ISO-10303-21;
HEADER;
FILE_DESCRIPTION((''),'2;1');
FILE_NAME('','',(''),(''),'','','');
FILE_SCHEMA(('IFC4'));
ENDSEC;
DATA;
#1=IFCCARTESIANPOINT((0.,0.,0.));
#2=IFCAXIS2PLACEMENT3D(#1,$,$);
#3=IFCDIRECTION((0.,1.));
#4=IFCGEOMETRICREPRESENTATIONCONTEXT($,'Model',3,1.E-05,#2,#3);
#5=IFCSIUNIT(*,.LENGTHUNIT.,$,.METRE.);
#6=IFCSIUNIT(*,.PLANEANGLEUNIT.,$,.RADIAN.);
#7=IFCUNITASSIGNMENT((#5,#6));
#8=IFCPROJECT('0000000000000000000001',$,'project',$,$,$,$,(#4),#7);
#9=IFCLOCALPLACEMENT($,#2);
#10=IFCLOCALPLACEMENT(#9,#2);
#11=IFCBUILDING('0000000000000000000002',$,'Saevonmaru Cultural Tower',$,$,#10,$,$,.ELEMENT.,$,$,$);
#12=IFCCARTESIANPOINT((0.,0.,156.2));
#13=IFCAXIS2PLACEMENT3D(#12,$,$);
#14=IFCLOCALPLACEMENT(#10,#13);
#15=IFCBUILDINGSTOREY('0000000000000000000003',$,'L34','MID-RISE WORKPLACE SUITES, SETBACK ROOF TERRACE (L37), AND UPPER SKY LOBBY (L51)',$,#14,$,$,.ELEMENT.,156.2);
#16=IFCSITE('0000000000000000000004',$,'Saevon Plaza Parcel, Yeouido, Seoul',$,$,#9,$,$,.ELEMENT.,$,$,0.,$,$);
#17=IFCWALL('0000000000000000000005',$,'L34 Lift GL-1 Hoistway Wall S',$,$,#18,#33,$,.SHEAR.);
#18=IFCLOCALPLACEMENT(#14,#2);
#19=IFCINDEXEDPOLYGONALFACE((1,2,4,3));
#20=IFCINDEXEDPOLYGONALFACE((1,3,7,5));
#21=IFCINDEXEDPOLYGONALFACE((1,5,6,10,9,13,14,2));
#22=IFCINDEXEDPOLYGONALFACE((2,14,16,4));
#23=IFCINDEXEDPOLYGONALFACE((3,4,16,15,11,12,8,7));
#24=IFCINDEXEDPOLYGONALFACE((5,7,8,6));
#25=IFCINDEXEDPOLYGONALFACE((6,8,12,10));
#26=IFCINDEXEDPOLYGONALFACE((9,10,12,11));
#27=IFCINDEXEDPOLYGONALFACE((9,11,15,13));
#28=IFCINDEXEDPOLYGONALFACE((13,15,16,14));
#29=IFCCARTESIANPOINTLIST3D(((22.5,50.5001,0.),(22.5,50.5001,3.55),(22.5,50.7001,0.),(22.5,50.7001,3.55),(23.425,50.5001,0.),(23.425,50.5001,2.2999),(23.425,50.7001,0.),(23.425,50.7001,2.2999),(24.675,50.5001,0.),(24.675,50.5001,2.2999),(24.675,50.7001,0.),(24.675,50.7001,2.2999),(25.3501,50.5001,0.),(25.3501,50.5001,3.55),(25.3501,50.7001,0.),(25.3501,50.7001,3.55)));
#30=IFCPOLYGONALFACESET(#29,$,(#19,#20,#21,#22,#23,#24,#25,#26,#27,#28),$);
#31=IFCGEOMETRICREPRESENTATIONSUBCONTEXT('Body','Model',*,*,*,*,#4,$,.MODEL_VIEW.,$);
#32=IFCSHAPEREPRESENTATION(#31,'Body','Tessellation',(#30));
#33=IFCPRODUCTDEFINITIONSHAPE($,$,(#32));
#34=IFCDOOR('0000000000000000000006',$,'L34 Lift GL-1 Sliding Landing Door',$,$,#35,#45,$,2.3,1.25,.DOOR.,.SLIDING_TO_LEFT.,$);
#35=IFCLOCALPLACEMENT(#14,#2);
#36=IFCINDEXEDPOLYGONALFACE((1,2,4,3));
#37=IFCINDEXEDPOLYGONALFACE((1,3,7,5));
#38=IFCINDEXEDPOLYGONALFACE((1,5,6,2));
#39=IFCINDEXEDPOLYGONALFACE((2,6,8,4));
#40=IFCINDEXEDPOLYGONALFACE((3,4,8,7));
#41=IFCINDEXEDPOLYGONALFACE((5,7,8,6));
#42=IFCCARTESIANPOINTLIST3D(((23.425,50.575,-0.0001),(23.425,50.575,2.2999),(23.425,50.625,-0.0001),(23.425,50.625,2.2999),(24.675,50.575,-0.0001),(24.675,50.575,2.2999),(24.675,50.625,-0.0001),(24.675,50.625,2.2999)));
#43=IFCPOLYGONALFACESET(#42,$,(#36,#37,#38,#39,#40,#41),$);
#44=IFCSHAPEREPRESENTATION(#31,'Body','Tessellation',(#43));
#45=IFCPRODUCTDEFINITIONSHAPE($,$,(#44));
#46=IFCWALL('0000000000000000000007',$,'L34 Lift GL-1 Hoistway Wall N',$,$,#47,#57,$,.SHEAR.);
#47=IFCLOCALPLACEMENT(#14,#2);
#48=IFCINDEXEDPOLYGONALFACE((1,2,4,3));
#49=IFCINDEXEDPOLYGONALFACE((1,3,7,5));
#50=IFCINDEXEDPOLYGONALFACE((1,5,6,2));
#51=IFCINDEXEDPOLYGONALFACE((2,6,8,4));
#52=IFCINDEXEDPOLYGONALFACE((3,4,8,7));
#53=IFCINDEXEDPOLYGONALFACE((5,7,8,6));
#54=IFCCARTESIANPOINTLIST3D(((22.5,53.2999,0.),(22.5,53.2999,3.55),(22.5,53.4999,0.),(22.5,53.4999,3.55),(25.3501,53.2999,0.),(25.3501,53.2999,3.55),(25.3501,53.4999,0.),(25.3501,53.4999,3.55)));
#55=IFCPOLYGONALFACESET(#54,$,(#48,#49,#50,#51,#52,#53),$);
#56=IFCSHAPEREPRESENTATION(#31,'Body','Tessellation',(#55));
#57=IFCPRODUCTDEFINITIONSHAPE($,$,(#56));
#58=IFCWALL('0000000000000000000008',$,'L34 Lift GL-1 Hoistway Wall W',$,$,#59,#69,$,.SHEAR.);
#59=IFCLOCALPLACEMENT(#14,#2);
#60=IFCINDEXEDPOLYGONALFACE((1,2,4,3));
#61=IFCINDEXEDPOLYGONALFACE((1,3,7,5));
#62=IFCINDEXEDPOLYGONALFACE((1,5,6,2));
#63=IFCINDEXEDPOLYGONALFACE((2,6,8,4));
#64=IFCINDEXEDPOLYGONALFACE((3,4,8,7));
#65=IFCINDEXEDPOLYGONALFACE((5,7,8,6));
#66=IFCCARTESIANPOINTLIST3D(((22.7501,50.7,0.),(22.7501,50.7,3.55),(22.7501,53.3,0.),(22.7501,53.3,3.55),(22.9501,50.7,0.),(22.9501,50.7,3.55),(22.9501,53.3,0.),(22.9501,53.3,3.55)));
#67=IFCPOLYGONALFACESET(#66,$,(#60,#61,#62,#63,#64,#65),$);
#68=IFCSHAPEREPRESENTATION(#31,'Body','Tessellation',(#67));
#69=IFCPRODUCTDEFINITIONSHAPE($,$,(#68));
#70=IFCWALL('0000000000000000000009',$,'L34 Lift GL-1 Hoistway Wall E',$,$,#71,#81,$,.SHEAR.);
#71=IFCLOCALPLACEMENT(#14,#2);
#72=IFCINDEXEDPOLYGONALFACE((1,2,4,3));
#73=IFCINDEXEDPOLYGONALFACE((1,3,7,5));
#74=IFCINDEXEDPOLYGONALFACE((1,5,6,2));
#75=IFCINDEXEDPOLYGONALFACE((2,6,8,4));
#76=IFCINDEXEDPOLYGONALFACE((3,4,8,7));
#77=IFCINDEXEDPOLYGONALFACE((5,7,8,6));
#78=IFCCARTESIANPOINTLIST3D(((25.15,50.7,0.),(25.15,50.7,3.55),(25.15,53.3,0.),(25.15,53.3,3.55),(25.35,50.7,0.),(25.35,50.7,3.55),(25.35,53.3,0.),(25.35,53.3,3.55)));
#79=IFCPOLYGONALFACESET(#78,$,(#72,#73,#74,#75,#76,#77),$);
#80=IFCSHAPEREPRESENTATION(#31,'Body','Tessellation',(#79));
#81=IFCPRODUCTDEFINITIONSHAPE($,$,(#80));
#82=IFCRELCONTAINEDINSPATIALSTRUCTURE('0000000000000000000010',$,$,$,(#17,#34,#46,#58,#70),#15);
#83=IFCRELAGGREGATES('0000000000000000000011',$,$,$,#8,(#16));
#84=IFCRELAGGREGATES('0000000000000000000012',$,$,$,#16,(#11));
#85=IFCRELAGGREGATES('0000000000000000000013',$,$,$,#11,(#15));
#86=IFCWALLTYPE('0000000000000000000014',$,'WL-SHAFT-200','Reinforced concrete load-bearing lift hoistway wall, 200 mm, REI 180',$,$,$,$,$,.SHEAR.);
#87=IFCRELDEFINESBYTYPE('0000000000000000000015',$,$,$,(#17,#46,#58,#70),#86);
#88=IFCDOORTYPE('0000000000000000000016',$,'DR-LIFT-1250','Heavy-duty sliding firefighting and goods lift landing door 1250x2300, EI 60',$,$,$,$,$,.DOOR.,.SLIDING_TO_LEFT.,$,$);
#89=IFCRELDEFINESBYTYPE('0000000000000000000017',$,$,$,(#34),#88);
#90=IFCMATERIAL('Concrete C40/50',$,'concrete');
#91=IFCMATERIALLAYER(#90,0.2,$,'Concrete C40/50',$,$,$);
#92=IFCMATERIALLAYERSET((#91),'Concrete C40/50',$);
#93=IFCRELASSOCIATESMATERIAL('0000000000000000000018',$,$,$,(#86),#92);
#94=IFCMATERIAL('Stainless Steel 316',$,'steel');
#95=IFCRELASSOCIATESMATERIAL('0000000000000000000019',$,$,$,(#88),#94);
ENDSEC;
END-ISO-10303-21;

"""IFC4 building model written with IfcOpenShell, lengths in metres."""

from ifc_helpers import new_model, si_unit, direction, frame, frame_2d, origin, place, context, subcontext, project, spatial, rectangle, extrude, material, layer, layer_set, type_object, element, fill, save


model = new_model("IFC4")

# Units and contexts
model_context = context("Model", 3, precision=1e-05, world=origin(), true_north=direction((0.0, 1.0)))
body_context = subcontext(model_context, "Body", "Model", "MODEL_VIEW")
ifc_project = project(units=[si_unit("LENGTHUNIT", "METRE"), si_unit("PLANEANGLEUNIT", "RADIAN")], contexts=[model_context])

# Site, building, storey
site_placement = place(None, origin())
site = spatial("IfcSite", under=ifc_project, at=site_placement, Name="Saevon Plaza Parcel, Yeouido, Seoul", CompositionType="ELEMENT", RefElevation=0.0)
building_placement = place(site_placement, origin())
building = spatial("IfcBuilding", under=site, at=building_placement, Name="Saevonmaru Cultural Tower", CompositionType="ELEMENT")
storey_placement = place(building_placement, frame((0.0, 0.0, 156.2)))
storey = spatial("IfcBuildingStorey", under=building, at=storey_placement, Name="L34", Description="MID-RISE WORKPLACE SUITES, SETBACK ROOF TERRACE (L37), AND UPPER SKY LOBBY (L51)", CompositionType="ELEMENT", Elevation=156.2)

# Shared definitions
ifc_material_1 = material(Name="Concrete C40/50", Category="concrete")
ifc_layer_1 = layer(ifc_material_1, 0.2, Name="Concrete C40/50")
ifc_layer_set_1 = layer_set([ifc_layer_1], Name="Concrete C40/50")
wall_type_1 = type_object("IfcWallType", Name="WL-SHAFT-200", Description="Reinforced concrete load-bearing lift hoistway wall, 200 mm, REI 180", PredefinedType="SHEAR", material=ifc_layer_set_1)

# Wall, opening, door
wall_1_placement = place(storey_placement, frame((22.5, 50.6001, 0.0), z_axis=(0.0, 0.0, 1.0), x_axis=(1.0, 0.0, 0.0)))
wall_1 = element("IfcWall", 1, at=wall_1_placement, inside=storey, type_object=wall_type_1, Name="L34 Lift GL-1 Hoistway Wall S", PredefinedType="SHEAR", context=body_context, shape_type="SweptSolid", body=[
    extrude(rectangle(XDim=2.8501, YDim=0.2, at=frame_2d((1.425, 0.0))), origin(), (0.0, 0.0, 1.0), 3.55),
])
opening_placement = place(wall_1_placement, frame((0.925, 0.0, 0.0)))
opening = element("IfcOpeningElement", 2, at=opening_placement, cuts=wall_1, PredefinedType="OPENING", context=body_context, shape_type="SweptSolid", body=[
    extrude(rectangle(XDim=1.25, YDim=2.3, at=frame_2d((0.625, 1.1499))), frame((0.0, 0.1099, 0.0), z_axis=(0.0, -1.0, 0.0), x_axis=(1.0, 0.0, 0.0)), (0.0, 0.0, 1.0), 0.22),
])
ifc_material_2 = material(Name="Stainless Steel 316", Category="steel")
door_type = type_object("IfcDoorType", Name="DR-LIFT-1250", Description="Heavy-duty sliding firefighting and goods lift landing door 1250x2300, EI 60", OperationType="SLIDING_TO_LEFT", PredefinedType="DOOR", material=ifc_material_2)
door_placement = place(opening_placement, origin())
door = element("IfcDoor", 3, at=door_placement, inside=storey, type_object=door_type, Name="L34 Lift GL-1 Sliding Landing Door", OperationType="SLIDING_TO_LEFT", OverallHeight=2.3, OverallWidth=1.25, PredefinedType="DOOR", context=body_context, shape_type="SweptSolid", body=[
    extrude(rectangle(XDim=1.25, YDim=2.3, at=frame_2d((0.625, 1.1499))), frame((0.0, 0.0249, 0.0), z_axis=(0.0, -1.0, 0.0), x_axis=(1.0, 0.0, 0.0)), (0.0, 0.0, 1.0), 0.05),
])
fill(opening, door)

# Walls
wall_2_placement = place(storey_placement, frame((22.5, 53.3999, 0.0), z_axis=(0.0, 0.0, 1.0), x_axis=(1.0, 0.0, 0.0)))
element("IfcWall", 4, at=wall_2_placement, inside=storey, type_object=wall_type_1, Name="L34 Lift GL-1 Hoistway Wall N", PredefinedType="SHEAR", context=body_context, shape_type="SweptSolid", body=[
    extrude(rectangle(XDim=2.8501, YDim=0.2, at=frame_2d((1.425, 0.0))), origin(), (0.0, 0.0, 1.0), 3.55),
])
for number, where, z_axis, x_axis, name in (
    (5, (22.8501, 50.7, 0.0), (0.0, 0.0, 1.0), (0.0, 1.0, 0.0), "L34 Lift GL-1 Hoistway Wall W"),
    (6, (25.25, 50.7, 0.0), (0.0, 0.0, 1.0), (0.0, 1.0, 0.0), "L34 Lift GL-1 Hoistway Wall E"),
):
    element("IfcWall", number, at=place(storey_placement, frame(where, z_axis=z_axis, x_axis=x_axis)), inside=storey, type_object=wall_type_1, Name=name, PredefinedType="SHEAR", context=body_context, shape_type="SweptSolid", body=[
        extrude(rectangle(XDim=2.6001, YDim=0.2, at=frame_2d((1.3, 0.0))), origin(), (0.0, 0.0, 1.0), 3.55),
    ])

save(model, "model.ifc")
